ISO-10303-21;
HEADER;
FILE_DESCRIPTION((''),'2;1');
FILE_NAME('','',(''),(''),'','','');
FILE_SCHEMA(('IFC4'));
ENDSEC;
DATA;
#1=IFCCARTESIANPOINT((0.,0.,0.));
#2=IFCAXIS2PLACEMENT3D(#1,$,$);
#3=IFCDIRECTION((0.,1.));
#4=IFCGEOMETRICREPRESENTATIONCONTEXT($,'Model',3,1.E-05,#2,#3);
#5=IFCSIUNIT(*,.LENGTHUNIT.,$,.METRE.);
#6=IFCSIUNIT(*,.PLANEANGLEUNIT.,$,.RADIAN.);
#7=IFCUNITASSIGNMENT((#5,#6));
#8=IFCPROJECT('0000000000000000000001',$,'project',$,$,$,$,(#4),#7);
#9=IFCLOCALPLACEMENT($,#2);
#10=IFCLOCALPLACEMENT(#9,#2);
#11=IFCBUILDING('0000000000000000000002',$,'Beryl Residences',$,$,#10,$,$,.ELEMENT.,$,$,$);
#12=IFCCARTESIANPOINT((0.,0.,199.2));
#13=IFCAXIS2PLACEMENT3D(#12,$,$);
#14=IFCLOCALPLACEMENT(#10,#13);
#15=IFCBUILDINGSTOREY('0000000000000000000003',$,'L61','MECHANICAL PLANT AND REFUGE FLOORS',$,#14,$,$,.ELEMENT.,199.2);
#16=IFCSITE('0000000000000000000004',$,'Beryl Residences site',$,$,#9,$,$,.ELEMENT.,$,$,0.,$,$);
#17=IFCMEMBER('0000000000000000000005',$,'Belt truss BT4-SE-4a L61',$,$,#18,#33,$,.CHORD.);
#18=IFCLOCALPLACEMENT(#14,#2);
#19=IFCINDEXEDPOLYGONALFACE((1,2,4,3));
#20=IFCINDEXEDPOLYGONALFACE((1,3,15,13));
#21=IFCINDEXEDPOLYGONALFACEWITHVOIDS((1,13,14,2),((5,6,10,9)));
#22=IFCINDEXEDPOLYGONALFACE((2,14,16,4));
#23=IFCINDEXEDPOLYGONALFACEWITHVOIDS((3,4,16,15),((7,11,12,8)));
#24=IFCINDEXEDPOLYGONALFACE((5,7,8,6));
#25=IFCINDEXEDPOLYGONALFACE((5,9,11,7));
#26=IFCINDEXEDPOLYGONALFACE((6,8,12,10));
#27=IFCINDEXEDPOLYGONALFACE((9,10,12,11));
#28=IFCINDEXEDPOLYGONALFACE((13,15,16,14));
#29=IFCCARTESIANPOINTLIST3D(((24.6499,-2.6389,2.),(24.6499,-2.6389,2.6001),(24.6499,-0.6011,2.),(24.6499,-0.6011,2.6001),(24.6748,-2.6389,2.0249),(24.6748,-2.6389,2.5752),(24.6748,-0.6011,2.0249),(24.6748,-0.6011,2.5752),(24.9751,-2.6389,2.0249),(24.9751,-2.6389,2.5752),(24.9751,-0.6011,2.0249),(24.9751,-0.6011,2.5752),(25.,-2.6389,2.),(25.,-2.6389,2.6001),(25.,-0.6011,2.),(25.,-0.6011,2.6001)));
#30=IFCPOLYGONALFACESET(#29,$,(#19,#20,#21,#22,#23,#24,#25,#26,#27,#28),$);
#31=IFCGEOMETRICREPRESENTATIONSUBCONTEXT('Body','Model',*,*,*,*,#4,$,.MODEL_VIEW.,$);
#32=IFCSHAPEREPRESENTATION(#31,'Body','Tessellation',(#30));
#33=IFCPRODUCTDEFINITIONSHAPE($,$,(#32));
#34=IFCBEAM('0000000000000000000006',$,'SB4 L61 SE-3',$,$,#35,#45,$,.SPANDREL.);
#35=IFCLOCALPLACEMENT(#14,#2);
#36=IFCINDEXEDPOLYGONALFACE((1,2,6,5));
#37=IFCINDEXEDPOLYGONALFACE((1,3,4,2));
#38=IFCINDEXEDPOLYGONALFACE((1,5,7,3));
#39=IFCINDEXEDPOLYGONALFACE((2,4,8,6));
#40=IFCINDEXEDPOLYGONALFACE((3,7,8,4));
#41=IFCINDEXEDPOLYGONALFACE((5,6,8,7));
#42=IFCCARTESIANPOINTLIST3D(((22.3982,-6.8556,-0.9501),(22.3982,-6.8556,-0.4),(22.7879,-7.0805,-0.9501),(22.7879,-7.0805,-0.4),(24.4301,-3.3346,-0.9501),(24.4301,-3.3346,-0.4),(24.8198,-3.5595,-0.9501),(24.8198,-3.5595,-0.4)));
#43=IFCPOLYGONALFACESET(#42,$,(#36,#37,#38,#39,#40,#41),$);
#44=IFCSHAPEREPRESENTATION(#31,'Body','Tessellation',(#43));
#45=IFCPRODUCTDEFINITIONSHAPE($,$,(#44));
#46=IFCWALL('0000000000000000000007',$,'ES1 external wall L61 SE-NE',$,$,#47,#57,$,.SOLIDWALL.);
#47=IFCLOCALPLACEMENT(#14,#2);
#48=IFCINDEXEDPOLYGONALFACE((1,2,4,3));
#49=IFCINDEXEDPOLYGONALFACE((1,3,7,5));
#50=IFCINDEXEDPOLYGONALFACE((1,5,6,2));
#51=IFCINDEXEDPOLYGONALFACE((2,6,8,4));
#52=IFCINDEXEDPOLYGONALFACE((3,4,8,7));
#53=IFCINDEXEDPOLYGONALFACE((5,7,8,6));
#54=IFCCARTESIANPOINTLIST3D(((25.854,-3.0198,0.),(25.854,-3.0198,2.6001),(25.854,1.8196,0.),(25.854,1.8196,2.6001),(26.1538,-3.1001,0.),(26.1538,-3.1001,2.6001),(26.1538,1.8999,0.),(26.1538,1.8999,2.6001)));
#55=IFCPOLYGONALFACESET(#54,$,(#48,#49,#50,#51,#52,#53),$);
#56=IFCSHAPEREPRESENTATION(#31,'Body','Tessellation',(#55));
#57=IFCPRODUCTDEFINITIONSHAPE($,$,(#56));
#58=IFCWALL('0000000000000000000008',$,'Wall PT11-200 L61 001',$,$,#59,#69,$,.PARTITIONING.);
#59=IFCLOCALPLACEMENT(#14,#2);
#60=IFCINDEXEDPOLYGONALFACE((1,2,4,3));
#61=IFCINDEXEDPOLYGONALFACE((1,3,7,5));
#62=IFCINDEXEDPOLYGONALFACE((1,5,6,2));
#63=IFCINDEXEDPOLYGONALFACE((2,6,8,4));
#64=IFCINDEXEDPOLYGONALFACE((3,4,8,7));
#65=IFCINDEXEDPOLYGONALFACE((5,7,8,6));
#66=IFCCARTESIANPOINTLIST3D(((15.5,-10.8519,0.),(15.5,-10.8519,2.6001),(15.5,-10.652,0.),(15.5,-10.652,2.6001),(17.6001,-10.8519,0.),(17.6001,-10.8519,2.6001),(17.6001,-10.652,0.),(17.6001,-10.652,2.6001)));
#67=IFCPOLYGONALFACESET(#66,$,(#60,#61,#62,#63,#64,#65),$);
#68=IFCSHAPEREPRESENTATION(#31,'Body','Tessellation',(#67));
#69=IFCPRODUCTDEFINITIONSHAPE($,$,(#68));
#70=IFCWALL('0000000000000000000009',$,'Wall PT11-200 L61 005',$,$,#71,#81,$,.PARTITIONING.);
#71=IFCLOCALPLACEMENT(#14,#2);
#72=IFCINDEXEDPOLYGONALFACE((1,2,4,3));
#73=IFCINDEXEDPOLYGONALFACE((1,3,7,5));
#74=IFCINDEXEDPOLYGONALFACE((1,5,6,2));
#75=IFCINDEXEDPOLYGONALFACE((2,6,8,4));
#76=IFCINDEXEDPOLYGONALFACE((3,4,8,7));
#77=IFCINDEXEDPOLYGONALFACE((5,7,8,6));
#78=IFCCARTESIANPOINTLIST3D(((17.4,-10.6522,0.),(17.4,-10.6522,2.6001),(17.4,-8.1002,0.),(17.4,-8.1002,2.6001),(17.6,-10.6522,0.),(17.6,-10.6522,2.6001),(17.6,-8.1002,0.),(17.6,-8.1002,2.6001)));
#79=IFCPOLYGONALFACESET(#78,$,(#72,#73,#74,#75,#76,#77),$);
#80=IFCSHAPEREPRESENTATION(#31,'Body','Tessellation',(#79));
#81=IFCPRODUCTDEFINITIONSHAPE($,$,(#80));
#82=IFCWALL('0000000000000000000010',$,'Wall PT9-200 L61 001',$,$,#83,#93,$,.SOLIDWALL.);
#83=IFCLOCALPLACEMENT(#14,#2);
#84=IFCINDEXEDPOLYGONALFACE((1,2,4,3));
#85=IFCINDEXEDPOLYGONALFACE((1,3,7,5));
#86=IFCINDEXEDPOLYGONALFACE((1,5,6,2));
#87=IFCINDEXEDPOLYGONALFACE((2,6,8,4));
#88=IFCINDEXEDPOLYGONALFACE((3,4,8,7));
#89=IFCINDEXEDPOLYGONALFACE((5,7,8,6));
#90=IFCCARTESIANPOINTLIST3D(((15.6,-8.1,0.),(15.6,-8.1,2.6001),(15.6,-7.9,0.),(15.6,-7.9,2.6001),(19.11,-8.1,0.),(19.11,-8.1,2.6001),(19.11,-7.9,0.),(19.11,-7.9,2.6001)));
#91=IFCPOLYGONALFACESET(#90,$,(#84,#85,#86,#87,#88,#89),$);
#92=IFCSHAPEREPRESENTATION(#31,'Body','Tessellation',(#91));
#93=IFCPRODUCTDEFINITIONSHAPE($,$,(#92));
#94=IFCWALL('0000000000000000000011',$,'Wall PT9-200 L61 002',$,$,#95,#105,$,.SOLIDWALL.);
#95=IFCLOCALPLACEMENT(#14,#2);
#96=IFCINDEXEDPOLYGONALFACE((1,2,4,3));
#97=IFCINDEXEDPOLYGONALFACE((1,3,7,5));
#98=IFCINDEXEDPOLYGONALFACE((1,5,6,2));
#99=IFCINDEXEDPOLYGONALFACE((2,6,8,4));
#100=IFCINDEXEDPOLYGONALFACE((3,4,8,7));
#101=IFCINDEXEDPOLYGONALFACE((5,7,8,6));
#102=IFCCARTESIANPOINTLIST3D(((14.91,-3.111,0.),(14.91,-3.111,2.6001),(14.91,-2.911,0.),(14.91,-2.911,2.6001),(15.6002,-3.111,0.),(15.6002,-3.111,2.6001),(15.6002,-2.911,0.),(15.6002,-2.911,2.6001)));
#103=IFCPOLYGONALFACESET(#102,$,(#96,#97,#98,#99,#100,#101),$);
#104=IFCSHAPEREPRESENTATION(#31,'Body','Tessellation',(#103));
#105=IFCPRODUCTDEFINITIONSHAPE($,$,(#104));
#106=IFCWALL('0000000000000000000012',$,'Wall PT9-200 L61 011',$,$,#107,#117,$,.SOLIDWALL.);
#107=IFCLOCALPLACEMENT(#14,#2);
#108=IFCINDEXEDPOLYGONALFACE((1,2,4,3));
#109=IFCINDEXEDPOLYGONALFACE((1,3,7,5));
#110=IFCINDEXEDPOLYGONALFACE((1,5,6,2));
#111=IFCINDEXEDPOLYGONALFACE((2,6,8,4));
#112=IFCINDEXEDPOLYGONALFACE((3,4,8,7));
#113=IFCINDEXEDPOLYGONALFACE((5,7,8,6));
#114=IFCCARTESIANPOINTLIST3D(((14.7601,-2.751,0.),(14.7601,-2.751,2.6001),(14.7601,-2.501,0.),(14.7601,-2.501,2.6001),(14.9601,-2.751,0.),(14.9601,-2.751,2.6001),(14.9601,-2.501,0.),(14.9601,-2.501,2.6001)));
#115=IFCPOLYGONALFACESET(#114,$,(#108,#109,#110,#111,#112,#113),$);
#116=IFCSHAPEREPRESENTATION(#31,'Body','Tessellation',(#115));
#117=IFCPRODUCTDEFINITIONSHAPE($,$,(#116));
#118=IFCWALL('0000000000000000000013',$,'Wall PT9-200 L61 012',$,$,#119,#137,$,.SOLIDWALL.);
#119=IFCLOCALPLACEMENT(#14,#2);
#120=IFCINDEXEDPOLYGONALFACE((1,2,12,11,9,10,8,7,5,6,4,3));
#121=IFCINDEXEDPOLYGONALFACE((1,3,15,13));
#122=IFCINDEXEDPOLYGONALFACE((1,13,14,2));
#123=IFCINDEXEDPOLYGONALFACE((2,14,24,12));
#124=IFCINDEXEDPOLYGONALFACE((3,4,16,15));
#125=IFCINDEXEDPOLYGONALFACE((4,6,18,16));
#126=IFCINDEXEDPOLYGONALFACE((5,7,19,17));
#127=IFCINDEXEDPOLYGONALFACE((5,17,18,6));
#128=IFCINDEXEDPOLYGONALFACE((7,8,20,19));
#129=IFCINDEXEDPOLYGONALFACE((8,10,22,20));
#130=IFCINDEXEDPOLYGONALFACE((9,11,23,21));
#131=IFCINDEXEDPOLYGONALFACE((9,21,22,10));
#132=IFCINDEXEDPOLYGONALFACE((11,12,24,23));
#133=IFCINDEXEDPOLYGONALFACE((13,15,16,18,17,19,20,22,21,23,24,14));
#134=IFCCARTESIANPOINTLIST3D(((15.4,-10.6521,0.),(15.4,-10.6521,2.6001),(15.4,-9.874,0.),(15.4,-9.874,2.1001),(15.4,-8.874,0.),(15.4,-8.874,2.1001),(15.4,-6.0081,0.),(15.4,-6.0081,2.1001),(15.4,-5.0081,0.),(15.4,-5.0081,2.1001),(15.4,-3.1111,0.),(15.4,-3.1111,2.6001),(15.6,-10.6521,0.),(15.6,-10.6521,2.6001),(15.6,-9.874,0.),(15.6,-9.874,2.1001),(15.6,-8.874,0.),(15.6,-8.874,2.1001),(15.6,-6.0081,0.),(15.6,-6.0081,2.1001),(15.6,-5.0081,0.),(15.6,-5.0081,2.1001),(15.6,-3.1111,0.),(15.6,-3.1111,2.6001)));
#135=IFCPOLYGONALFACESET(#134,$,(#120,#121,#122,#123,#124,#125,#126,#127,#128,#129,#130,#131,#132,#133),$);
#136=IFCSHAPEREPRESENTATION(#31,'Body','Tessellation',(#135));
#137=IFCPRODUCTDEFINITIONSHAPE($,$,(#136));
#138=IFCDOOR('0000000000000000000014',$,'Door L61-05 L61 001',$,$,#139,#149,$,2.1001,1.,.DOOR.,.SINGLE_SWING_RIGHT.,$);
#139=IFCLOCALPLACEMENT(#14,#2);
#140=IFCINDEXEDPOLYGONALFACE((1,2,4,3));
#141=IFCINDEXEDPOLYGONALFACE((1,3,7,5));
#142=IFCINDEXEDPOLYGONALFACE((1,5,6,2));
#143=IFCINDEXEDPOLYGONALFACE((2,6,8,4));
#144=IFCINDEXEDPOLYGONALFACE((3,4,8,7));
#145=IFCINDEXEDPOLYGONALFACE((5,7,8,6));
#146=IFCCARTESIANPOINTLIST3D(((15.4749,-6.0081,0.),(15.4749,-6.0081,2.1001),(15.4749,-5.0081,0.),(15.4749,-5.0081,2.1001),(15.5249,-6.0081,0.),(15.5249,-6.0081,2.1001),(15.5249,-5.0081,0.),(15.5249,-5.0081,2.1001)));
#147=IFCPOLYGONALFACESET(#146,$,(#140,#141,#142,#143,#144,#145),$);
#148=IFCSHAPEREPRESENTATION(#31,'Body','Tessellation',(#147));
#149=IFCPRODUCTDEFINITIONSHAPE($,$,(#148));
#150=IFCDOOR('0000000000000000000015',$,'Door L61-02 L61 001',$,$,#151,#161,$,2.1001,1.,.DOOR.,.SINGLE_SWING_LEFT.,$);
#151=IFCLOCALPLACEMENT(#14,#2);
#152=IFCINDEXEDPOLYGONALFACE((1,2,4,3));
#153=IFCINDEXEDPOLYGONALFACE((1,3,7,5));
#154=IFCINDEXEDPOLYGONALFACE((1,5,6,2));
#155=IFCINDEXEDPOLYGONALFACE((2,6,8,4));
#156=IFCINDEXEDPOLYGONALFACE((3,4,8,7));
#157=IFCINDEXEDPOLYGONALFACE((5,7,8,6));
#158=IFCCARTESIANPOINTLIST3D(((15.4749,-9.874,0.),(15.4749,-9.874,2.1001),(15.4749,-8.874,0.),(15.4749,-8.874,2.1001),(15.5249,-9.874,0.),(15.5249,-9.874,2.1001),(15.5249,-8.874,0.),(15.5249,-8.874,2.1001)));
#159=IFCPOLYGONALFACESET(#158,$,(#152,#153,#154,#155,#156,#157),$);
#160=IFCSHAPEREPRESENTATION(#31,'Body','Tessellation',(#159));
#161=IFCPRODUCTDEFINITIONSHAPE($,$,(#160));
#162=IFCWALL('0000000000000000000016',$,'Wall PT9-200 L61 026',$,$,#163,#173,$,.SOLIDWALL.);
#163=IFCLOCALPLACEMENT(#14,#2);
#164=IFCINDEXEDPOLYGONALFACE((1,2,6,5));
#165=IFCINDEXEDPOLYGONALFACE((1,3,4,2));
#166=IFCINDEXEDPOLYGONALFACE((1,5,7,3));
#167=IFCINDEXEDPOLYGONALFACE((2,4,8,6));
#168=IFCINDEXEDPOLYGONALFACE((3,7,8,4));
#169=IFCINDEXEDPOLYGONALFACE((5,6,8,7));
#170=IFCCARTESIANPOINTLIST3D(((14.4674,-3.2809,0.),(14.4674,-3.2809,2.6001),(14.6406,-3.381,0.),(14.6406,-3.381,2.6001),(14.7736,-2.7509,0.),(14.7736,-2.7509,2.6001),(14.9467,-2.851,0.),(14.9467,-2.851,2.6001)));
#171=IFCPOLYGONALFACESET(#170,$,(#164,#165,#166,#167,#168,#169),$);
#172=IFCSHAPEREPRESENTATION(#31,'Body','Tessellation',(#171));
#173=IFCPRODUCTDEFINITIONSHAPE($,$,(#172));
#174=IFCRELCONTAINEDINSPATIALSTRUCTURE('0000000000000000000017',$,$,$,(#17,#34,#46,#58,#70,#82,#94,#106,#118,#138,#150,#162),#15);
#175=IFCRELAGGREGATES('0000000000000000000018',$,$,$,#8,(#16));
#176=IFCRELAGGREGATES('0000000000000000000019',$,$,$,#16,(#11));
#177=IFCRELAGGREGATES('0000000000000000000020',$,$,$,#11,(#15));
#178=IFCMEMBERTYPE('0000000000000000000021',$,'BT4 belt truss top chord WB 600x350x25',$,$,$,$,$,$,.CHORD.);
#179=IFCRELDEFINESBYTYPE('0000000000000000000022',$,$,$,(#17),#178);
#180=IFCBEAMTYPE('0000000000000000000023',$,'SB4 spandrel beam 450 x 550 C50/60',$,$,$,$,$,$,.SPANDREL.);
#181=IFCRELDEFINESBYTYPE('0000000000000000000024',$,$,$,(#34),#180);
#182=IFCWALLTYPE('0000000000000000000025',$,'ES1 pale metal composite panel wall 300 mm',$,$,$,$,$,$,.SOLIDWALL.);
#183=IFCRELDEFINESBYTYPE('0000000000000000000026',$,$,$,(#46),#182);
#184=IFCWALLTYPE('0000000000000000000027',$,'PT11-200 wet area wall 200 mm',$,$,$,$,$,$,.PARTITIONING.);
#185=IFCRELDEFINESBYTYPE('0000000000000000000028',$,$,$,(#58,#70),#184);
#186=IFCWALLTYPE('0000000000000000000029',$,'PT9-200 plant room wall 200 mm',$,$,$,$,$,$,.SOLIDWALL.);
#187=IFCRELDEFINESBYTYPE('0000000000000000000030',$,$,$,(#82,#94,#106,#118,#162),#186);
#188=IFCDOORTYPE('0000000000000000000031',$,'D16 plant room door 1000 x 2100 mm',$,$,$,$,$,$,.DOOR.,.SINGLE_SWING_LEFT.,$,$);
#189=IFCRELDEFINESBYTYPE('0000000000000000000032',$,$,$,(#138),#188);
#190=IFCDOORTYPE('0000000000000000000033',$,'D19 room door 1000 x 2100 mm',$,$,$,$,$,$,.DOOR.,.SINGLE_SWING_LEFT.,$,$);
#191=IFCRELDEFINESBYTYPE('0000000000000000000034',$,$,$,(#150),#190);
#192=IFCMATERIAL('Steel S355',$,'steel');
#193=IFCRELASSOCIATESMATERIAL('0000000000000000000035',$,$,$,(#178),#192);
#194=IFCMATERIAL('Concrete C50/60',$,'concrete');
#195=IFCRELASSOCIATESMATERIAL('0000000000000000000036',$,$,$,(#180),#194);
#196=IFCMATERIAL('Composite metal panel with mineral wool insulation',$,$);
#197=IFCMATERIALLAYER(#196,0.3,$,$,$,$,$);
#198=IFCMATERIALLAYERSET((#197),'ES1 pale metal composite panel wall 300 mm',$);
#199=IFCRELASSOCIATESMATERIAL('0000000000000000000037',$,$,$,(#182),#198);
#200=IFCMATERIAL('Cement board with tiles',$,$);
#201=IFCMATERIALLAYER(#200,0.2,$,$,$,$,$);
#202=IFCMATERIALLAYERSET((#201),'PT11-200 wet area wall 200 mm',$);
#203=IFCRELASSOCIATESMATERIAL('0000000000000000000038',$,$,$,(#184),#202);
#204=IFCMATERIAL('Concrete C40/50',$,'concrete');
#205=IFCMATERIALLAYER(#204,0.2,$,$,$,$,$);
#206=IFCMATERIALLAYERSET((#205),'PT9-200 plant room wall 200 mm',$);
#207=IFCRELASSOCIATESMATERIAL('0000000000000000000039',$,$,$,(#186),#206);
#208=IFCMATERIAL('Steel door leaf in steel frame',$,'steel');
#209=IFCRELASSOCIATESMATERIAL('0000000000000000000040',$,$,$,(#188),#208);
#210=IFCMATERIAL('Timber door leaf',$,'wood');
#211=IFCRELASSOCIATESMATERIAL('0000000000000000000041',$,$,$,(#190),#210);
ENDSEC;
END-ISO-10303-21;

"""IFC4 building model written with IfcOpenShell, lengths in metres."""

from ifc_helpers import new_model, si_unit, direction, frame, frame_2d, origin, origin_2d, place, context, subcontext, project, spatial, polyline, rectangle, hollow_rectangle, outline, extrude, material, layer, layer_set, material_profile, profile_set, type_object, element, fill, save


model = new_model("IFC4")

# Units and contexts
model_context = context("Model", 3, precision=1e-05, world=origin(), true_north=direction((0.0, 1.0)))
body_context = subcontext(model_context, "Body", "Model", "MODEL_VIEW")
ifc_project = project(units=[si_unit("LENGTHUNIT", "METRE"), si_unit("PLANEANGLEUNIT", "RADIAN")], contexts=[model_context])

# Site, building, storey
site_placement = place(None, origin())
site = spatial("IfcSite", under=ifc_project, at=site_placement, Name="Beryl Residences site", CompositionType="ELEMENT", RefElevation=0.0)
building_placement = place(site_placement, origin())
building = spatial("IfcBuilding", under=site, at=building_placement, Name="Beryl Residences", CompositionType="ELEMENT")
storey_placement = place(building_placement, frame((0.0, 0.0, 199.2)))
storey = spatial("IfcBuildingStorey", under=building, at=storey_placement, Name="L61", Description="MECHANICAL PLANT AND REFUGE FLOORS", CompositionType="ELEMENT", Elevation=199.2)

# Member
ifc_material_1 = material(Name="Steel S355", Category="steel")
ifc_material_profile_1 = material_profile(ifc_material_1, hollow_rectangle(XDim=0.3501, YDim=0.6001, WallThickness=0.0249, at=origin_2d()))
ifc_profile_set_1 = profile_set([ifc_material_profile_1], Name="Steel S355")
member_type_1 = type_object("IfcMemberType", Name="BT4 belt truss top chord WB 600x350x25", PredefinedType="CHORD", material=ifc_profile_set_1)
member_1_placement = place(storey_placement, frame((24.825, -2.6389, 2.3), z_axis=(0.0, 1.0, 0.0), x_axis=(-1.0, 0.0, 0.0)))
element("IfcMember", 1, at=member_1_placement, inside=storey, type_object=member_type_1, Name="Belt truss BT4-SE-4a L61", PredefinedType="CHORD", context=body_context, shape_type="SweptSolid", body=[
    extrude(hollow_rectangle(XDim=0.3501, YDim=0.6001, WallThickness=0.0249, at=origin_2d()), origin(), (0.0, 0.0, 1.0), 2.0378),
])

# Beam
ifc_material_2 = material(Name="Concrete C50/60", Category="concrete")
ifc_material_profile_2 = material_profile(ifc_material_2, rectangle(XDim=0.45, YDim=0.55, at=origin_2d()))
ifc_profile_set_2 = profile_set([ifc_material_profile_2], Name="Concrete C50/60")
beam_type = type_object("IfcBeamType", Name="SB4 spandrel beam 450 x 550 C50/60", PredefinedType="SPANDREL", material=ifc_profile_set_2)
beam_placement = place(storey_placement, frame((22.593, -6.968, -0.675), z_axis=(0.49984, 0.866118, 0.0), x_axis=(-0.866118, 0.49984, 0.0)))
element("IfcBeam", 2, at=beam_placement, inside=storey, type_object=beam_type, Name="SB4 L61 SE-3", PredefinedType="SPANDREL", context=body_context, shape_type="SweptSolid", body=[
    extrude(rectangle(XDim=0.45, YDim=0.55, at=origin_2d()), origin(), (0.0, 0.0, 1.0), 4.0652),
])

# Walls
ifc_material_3 = material(Name="Composite metal panel with mineral wool insulation")
ifc_layer_1 = layer(ifc_material_3, 0.3)
ifc_layer_set_1 = layer_set([ifc_layer_1], Name="ES1 pale metal composite panel wall 300 mm")
wall_type_1 = type_object("IfcWallType", Name="ES1 pale metal composite panel wall 300 mm", PredefinedType="SOLIDWALL", material=ifc_layer_set_1)
wall_1_placement = place(storey_placement, frame((26.0039, -3.1001, 0.0), z_axis=(0.0, 0.0, 1.0), x_axis=(0.0, 1.0, 0.0)))
element("IfcWall", 3, at=wall_1_placement, inside=storey, type_object=wall_type_1, Name="ES1 external wall L61 SE-NE", PredefinedType="SOLIDWALL", context=body_context, shape_type="SweptSolid", body=[
    extrude(outline(polyline([(0.0, -0.1499), (5.0, -0.1499), (4.9197, 0.1499), (0.0803, 0.1499), (0.0, -0.1499)])), origin(), (0.0, 0.0, 1.0), 2.6001),
])
ifc_material_4 = material(Name="Cement board with tiles")
ifc_layer_2 = layer(ifc_material_4, 0.2)
ifc_layer_set_2 = layer_set([ifc_layer_2], Name="PT11-200 wet area wall 200 mm")
wall_type_2 = type_object("IfcWallType", Name="PT11-200 wet area wall 200 mm", PredefinedType="PARTITIONING", material=ifc_layer_set_2)
wall_2_placement = place(storey_placement, frame((15.5, -10.752, 0.0), z_axis=(0.0, 0.0, 1.0), x_axis=(1.0, 0.0, 0.0)))
element("IfcWall", 4, at=wall_2_placement, inside=storey, type_object=wall_type_2, Name="Wall PT11-200 L61 001", PredefinedType="PARTITIONING", context=body_context, shape_type="SweptSolid", body=[
    extrude(rectangle(XDim=2.1001, YDim=0.2, at=frame_2d((1.05, 0.0))), origin(), (0.0, 0.0, 1.0), 2.6001),
])
wall_3_placement = place(storey_placement, frame((17.5, -10.6521, 0.0), z_axis=(0.0, 0.0, 1.0), x_axis=(0.0, 1.0, 0.0)))
element("IfcWall", 5, at=wall_3_placement, inside=storey, type_object=wall_type_2, Name="Wall PT11-200 L61 005", PredefinedType="PARTITIONING", context=body_context, shape_type="SweptSolid", body=[
    extrude(rectangle(XDim=2.552, YDim=0.2, at=frame_2d((1.2759, 0.0))), origin(), (0.0, 0.0, 1.0), 2.6001),
])
ifc_material_5 = material(Name="Concrete C40/50", Category="concrete")
ifc_layer_3 = layer(ifc_material_5, 0.2)
ifc_layer_set_3 = layer_set([ifc_layer_3], Name="PT9-200 plant room wall 200 mm")
wall_type_3 = type_object("IfcWallType", Name="PT9-200 plant room wall 200 mm", PredefinedType="SOLIDWALL", material=ifc_layer_set_3)
wall_4_placement = place(storey_placement, frame((15.6001, -8.0, 0.0), z_axis=(0.0, 0.0, 1.0), x_axis=(1.0, 0.0, 0.0)))
element("IfcWall", 6, at=wall_4_placement, inside=storey, type_object=wall_type_3, Name="Wall PT9-200 L61 001", PredefinedType="SOLIDWALL", context=body_context, shape_type="SweptSolid", body=[
    extrude(rectangle(XDim=3.51, YDim=0.2, at=frame_2d((1.7549, 0.0))), origin(), (0.0, 0.0, 1.0), 2.6001),
])
wall_5_placement = place(storey_placement, frame((14.9099, -3.011, 0.0), z_axis=(0.0, 0.0, 1.0), x_axis=(1.0, 0.0, 0.0)))
element("IfcWall", 7, at=wall_5_placement, inside=storey, type_object=wall_type_3, Name="Wall PT9-200 L61 002", PredefinedType="SOLIDWALL", context=body_context, shape_type="SweptSolid", body=[
    extrude(rectangle(XDim=0.6902, YDim=0.2, at=frame_2d((0.3452, 0.0))), origin(), (0.0, 0.0, 1.0), 2.6001),
])
wall_6_placement = place(storey_placement, frame((14.8601, -2.751, 0.0), z_axis=(0.0, 0.0, 1.0), x_axis=(0.0, 1.0, 0.0)))
element("IfcWall", 8, at=wall_6_placement, inside=storey, type_object=wall_type_3, Name="Wall PT9-200 L61 011", PredefinedType="SOLIDWALL", context=body_context, shape_type="SweptSolid", body=[
    extrude(rectangle(XDim=0.25, YDim=0.2, at=frame_2d((0.125, 0.0))), origin(), (0.0, 0.0, 1.0), 2.6001),
])

# Wall, openings, doors
wall_7_placement = place(storey_placement, frame((15.5, -10.6521, 0.0), z_axis=(0.0, 0.0, 1.0), x_axis=(0.0, 1.0, 0.0)))
wall_7 = element("IfcWall", 9, at=wall_7_placement, inside=storey, type_object=wall_type_3, Name="Wall PT9-200 L61 012", PredefinedType="SOLIDWALL", context=body_context, shape_type="SweptSolid", body=[
    extrude(rectangle(XDim=7.541, YDim=0.2, at=frame_2d((3.7705, 0.0))), origin(), (0.0, 0.0, 1.0), 2.6001),
])
opening_1_placement = place(wall_7_placement, frame((1.7781, 0.0, 0.0), z_axis=(0.0, 0.0, 1.0), x_axis=(-1.0, 0.0, 0.0)))
opening_1 = element("IfcOpeningElement", 10, at=opening_1_placement, cuts=wall_7, PredefinedType="OPENING", context=body_context, shape_type="SweptSolid", body=[
    extrude(rectangle(XDim=1.0, YDim=2.1001, at=frame_2d((0.5, 1.05))), frame((0.0, 0.1099, 0.0), z_axis=(0.0, -1.0, 0.0), x_axis=(1.0, 0.0, 0.0)), (0.0, 0.0, 1.0), 0.22),
])
opening_2_placement = place(wall_7_placement, frame((5.644, 0.0, 0.0), z_axis=(0.0, 0.0, 1.0), x_axis=(-1.0, 0.0, 0.0)))
opening_2 = element("IfcOpeningElement", 11, at=opening_2_placement, cuts=wall_7, PredefinedType="OPENING", context=body_context, shape_type="SweptSolid", body=[
    extrude(rectangle(XDim=1.0, YDim=2.1001, at=frame_2d((0.5, 1.05))), frame((0.0, 0.1099, 0.0), z_axis=(0.0, -1.0, 0.0), x_axis=(1.0, 0.0, 0.0)), (0.0, 0.0, 1.0), 0.22),
])
ifc_material_6 = material(Name="Steel door leaf in steel frame", Category="steel")
door_type_1 = type_object("IfcDoorType", Name="D16 plant room door 1000 x 2100 mm", OperationType="SINGLE_SWING_LEFT", PredefinedType="DOOR", material=ifc_material_6)
door_1_placement = place(opening_2_placement, origin())
door_1 = element("IfcDoor", 12, at=door_1_placement, inside=storey, type_object=door_type_1, Name="Door L61-05 L61 001", OperationType="SINGLE_SWING_RIGHT", OverallHeight=2.1001, OverallWidth=1.0, PredefinedType="DOOR", context=body_context, shape_type="SweptSolid", body=[
    extrude(rectangle(XDim=1.0, YDim=2.1001, at=frame_2d((0.5, 1.05))), frame((0.0, 0.0249, 0.0), z_axis=(0.0, -1.0, 0.0), x_axis=(1.0, 0.0, 0.0)), (0.0, 0.0, 1.0), 0.05),
])
fill(opening_2, door_1)
ifc_material_7 = material(Name="Timber door leaf", Category="wood")
door_type_2 = type_object("IfcDoorType", Name="D19 room door 1000 x 2100 mm", OperationType="SINGLE_SWING_LEFT", PredefinedType="DOOR", material=ifc_material_7)
door_2_placement = place(opening_1_placement, origin())
door_2 = element("IfcDoor", 13, at=door_2_placement, inside=storey, type_object=door_type_2, Name="Door L61-02 L61 001", OperationType="SINGLE_SWING_LEFT", OverallHeight=2.1001, OverallWidth=1.0, PredefinedType="DOOR", context=body_context, shape_type="SweptSolid", body=[
    extrude(rectangle(XDim=1.0, YDim=2.1001, at=frame_2d((0.5, 1.05))), frame((0.0, 0.0249, 0.0), z_axis=(0.0, -1.0, 0.0), x_axis=(1.0, 0.0, 0.0)), (0.0, 0.0, 1.0), 0.05),
])
fill(opening_1, door_2)

# Wall
wall_8_placement = place(storey_placement, frame((14.554, -3.3311, 0.0), z_axis=(0.0, 0.0, 1.0), x_axis=(0.500171, 0.865926, 0.0)))
element("IfcWall", 14, at=wall_8_placement, inside=storey, type_object=wall_type_3, Name="Wall PT9-200 L61 026", PredefinedType="SOLIDWALL", context=body_context, shape_type="SweptSolid", body=[
    extrude(rectangle(XDim=0.6121, YDim=0.2, at=frame_2d((0.3062, 0.0))), origin(), (0.0, 0.0, 1.0), 2.6001),
])

save(model, "model.ifc")
